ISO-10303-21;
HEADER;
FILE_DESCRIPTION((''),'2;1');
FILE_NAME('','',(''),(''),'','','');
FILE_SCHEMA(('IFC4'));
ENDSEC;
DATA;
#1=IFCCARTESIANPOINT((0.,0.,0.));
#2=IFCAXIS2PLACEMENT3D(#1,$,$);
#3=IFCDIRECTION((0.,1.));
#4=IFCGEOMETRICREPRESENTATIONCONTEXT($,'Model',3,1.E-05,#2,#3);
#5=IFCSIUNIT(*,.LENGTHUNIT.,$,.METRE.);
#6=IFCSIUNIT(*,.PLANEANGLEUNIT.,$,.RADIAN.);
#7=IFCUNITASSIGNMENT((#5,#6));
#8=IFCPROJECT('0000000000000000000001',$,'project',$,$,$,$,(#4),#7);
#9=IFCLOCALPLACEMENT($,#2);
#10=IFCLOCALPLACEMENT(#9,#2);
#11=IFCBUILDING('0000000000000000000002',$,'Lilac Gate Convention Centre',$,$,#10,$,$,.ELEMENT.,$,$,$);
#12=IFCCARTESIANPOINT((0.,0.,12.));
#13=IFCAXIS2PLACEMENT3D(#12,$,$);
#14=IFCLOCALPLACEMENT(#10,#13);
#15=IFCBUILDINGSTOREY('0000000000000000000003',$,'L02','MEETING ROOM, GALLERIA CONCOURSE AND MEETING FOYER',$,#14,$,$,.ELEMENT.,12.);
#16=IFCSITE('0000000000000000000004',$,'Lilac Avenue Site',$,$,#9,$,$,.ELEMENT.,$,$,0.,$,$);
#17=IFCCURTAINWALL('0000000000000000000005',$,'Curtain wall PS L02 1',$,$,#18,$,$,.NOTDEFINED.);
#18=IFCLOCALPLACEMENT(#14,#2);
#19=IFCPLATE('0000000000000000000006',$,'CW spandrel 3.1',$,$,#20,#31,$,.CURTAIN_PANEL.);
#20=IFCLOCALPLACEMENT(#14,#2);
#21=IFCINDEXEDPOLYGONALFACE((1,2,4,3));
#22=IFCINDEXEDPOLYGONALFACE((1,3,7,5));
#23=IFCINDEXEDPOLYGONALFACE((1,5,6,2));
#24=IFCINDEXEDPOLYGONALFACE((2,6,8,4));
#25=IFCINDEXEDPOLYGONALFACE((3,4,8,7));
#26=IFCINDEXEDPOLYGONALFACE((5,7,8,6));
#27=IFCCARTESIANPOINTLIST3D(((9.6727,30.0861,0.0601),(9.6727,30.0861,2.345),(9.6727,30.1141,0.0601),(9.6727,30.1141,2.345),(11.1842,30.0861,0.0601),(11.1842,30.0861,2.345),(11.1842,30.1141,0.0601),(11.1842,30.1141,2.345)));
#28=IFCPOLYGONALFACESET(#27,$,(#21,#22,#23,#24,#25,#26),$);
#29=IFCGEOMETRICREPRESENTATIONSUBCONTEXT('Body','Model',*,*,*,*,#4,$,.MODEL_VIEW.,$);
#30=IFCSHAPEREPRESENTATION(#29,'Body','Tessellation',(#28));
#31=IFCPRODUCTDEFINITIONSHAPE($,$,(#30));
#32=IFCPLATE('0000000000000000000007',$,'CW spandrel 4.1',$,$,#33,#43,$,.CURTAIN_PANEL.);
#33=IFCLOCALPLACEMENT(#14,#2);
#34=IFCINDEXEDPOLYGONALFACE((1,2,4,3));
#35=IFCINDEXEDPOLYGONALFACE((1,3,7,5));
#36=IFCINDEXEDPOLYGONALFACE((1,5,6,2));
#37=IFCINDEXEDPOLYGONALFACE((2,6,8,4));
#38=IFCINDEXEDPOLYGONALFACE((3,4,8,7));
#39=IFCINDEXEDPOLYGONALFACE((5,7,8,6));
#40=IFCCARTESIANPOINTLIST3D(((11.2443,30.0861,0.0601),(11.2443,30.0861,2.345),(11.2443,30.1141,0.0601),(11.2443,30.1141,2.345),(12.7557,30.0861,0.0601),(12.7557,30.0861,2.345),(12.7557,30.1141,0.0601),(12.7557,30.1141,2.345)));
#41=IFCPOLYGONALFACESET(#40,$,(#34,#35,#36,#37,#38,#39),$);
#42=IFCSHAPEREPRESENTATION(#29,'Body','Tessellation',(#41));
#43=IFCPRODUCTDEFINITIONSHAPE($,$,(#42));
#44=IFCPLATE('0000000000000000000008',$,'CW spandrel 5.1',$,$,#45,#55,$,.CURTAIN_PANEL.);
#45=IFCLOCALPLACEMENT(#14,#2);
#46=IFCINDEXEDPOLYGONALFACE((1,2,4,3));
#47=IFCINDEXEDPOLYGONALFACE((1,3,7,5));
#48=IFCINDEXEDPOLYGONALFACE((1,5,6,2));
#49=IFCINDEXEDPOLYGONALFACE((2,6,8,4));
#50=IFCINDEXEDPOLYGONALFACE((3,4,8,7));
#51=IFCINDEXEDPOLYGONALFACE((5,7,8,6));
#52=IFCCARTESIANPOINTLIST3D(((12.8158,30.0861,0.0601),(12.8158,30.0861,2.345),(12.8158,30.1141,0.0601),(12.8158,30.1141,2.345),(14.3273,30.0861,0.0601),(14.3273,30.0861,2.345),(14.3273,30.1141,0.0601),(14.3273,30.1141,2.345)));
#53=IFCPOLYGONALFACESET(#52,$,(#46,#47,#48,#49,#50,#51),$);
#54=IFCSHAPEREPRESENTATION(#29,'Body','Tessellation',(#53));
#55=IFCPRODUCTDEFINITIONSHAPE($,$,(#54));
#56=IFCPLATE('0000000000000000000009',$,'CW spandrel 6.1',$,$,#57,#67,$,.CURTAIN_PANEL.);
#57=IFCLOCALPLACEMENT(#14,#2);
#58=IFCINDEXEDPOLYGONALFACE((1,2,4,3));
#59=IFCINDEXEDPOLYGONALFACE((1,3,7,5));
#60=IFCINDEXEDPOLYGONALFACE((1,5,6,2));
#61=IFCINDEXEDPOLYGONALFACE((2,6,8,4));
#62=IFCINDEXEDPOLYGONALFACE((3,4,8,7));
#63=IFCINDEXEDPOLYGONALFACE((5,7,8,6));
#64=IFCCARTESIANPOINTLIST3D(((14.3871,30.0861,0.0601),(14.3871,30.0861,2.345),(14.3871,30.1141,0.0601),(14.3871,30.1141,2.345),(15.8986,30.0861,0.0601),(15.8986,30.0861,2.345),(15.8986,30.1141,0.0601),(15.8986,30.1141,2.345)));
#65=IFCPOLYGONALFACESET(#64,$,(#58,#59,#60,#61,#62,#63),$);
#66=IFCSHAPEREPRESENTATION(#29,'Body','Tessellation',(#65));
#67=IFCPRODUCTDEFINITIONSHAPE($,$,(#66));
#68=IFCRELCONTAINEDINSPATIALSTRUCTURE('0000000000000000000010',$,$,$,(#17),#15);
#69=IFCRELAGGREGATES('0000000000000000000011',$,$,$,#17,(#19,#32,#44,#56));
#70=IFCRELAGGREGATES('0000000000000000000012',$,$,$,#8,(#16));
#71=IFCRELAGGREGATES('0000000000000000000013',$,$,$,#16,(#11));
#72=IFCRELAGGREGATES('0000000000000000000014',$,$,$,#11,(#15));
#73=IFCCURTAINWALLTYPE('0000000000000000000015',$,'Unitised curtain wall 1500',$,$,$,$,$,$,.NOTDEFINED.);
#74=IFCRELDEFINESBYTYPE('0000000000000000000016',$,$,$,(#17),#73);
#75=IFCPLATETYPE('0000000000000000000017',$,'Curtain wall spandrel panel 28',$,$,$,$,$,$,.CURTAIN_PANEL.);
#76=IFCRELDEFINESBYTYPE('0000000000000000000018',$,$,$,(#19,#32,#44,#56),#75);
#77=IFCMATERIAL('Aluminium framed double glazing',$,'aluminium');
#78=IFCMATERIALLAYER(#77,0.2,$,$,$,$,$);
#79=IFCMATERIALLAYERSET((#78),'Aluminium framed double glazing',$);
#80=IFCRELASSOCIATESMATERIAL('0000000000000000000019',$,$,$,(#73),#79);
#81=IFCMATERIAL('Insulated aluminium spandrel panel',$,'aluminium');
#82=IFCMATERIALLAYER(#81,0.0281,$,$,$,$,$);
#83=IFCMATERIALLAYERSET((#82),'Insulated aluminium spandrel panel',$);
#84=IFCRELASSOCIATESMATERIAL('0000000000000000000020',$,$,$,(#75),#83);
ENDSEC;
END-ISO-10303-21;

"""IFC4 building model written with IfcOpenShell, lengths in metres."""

from ifc_helpers import new_model, si_unit, direction, frame, origin, origin_2d, place, context, subcontext, project, spatial, rectangle, extrude, material, layer, layer_set, type_object, element, aggregate, save


model = new_model("IFC4")

# Units and contexts
model_context = context("Model", 3, precision=1e-05, world=origin(), true_north=direction((0.0, 1.0)))
body_context = subcontext(model_context, "Body", "Model", "MODEL_VIEW")
ifc_project = project(units=[si_unit("LENGTHUNIT", "METRE"), si_unit("PLANEANGLEUNIT", "RADIAN")], contexts=[model_context])

# Site, building, storey
site_placement = place(None, origin())
site = spatial("IfcSite", under=ifc_project, at=site_placement, Name="Lilac Avenue Site", CompositionType="ELEMENT", RefElevation=0.0)
building_placement = place(site_placement, origin())
building = spatial("IfcBuilding", under=site, at=building_placement, Name="Lilac Gate Convention Centre", CompositionType="ELEMENT")
storey_placement = place(building_placement, frame((0.0, 0.0, 12.0)))
storey = spatial("IfcBuildingStorey", under=building, at=storey_placement, Name="L02", Description="MEETING ROOM, GALLERIA CONCOURSE AND MEETING FOYER", CompositionType="ELEMENT", Elevation=12.0)

# Curtain wall, plates
ifc_material_1 = material(Name="Aluminium framed double glazing", Category="aluminium")
ifc_layer_1 = layer(ifc_material_1, 0.2)
ifc_layer_set_1 = layer_set([ifc_layer_1], Name="Aluminium framed double glazing")
curtain_wall_type = type_object("IfcCurtainWallType", Name="Unitised curtain wall 1500", PredefinedType="NOTDEFINED", material=ifc_layer_set_1)
curtain_wall_placement = place(storey_placement, origin())
curtain_wall = element("IfcCurtainWall", 1, at=curtain_wall_placement, inside=storey, type_object=curtain_wall_type, Name="Curtain wall PS L02 1", PredefinedType="NOTDEFINED")
ifc_material_2 = material(Name="Insulated aluminium spandrel panel", Category="aluminium")
ifc_layer_2 = layer(ifc_material_2, 0.0281)
ifc_layer_set_2 = layer_set([ifc_layer_2], Name="Insulated aluminium spandrel panel")
plate_type_1 = type_object("IfcPlateType", Name="Curtain wall spandrel panel 28", PredefinedType="CURTAIN_PANEL", material=ifc_layer_set_2)
plate_1_placement = place(storey_placement, frame((10.4285, 30.1001, 0.0601), z_axis=(0.0, 0.0, 1.0), x_axis=(1.0, 0.0, 0.0)))
plate_1 = element("IfcPlate", 2, at=plate_1_placement, type_object=plate_type_1, Name="CW spandrel 3.1", PredefinedType="CURTAIN_PANEL", context=body_context, shape_type="SweptSolid", body=[
    extrude(rectangle(XDim=1.5115, YDim=0.0281, at=origin_2d()), origin(), (0.0, 0.0, 1.0), 2.2849),
])
plate_2_placement = place(storey_placement, frame((12.0, 30.1001, 0.0601), z_axis=(0.0, 0.0, 1.0), x_axis=(1.0, 0.0, 0.0)))
plate_2 = element("IfcPlate", 3, at=plate_2_placement, type_object=plate_type_1, Name="CW spandrel 4.1", PredefinedType="CURTAIN_PANEL", context=body_context, shape_type="SweptSolid", body=[
    extrude(rectangle(XDim=1.5115, YDim=0.0281, at=origin_2d()), origin(), (0.0, 0.0, 1.0), 2.2849),
])
plate_3_placement = place(storey_placement, frame((13.5715, 30.1001, 0.0601), z_axis=(0.0, 0.0, 1.0), x_axis=(1.0, 0.0, 0.0)))
plate_3 = element("IfcPlate", 4, at=plate_3_placement, type_object=plate_type_1, Name="CW spandrel 5.1", PredefinedType="CURTAIN_PANEL", context=body_context, shape_type="SweptSolid", body=[
    extrude(rectangle(XDim=1.5115, YDim=0.0281, at=origin_2d()), origin(), (0.0, 0.0, 1.0), 2.2849),
])
plate_4_placement = place(storey_placement, frame((15.1428, 30.1001, 0.0601), z_axis=(0.0, 0.0, 1.0), x_axis=(1.0, 0.0, 0.0)))
plate_4 = element("IfcPlate", 5, at=plate_4_placement, type_object=plate_type_1, Name="CW spandrel 6.1", PredefinedType="CURTAIN_PANEL", context=body_context, shape_type="SweptSolid", body=[
    extrude(rectangle(XDim=1.5115, YDim=0.0281, at=origin_2d()), origin(), (0.0, 0.0, 1.0), 2.2849),
])
aggregate(curtain_wall, [plate_1, plate_2, plate_3, plate_4])

save(model, "model.ifc")
